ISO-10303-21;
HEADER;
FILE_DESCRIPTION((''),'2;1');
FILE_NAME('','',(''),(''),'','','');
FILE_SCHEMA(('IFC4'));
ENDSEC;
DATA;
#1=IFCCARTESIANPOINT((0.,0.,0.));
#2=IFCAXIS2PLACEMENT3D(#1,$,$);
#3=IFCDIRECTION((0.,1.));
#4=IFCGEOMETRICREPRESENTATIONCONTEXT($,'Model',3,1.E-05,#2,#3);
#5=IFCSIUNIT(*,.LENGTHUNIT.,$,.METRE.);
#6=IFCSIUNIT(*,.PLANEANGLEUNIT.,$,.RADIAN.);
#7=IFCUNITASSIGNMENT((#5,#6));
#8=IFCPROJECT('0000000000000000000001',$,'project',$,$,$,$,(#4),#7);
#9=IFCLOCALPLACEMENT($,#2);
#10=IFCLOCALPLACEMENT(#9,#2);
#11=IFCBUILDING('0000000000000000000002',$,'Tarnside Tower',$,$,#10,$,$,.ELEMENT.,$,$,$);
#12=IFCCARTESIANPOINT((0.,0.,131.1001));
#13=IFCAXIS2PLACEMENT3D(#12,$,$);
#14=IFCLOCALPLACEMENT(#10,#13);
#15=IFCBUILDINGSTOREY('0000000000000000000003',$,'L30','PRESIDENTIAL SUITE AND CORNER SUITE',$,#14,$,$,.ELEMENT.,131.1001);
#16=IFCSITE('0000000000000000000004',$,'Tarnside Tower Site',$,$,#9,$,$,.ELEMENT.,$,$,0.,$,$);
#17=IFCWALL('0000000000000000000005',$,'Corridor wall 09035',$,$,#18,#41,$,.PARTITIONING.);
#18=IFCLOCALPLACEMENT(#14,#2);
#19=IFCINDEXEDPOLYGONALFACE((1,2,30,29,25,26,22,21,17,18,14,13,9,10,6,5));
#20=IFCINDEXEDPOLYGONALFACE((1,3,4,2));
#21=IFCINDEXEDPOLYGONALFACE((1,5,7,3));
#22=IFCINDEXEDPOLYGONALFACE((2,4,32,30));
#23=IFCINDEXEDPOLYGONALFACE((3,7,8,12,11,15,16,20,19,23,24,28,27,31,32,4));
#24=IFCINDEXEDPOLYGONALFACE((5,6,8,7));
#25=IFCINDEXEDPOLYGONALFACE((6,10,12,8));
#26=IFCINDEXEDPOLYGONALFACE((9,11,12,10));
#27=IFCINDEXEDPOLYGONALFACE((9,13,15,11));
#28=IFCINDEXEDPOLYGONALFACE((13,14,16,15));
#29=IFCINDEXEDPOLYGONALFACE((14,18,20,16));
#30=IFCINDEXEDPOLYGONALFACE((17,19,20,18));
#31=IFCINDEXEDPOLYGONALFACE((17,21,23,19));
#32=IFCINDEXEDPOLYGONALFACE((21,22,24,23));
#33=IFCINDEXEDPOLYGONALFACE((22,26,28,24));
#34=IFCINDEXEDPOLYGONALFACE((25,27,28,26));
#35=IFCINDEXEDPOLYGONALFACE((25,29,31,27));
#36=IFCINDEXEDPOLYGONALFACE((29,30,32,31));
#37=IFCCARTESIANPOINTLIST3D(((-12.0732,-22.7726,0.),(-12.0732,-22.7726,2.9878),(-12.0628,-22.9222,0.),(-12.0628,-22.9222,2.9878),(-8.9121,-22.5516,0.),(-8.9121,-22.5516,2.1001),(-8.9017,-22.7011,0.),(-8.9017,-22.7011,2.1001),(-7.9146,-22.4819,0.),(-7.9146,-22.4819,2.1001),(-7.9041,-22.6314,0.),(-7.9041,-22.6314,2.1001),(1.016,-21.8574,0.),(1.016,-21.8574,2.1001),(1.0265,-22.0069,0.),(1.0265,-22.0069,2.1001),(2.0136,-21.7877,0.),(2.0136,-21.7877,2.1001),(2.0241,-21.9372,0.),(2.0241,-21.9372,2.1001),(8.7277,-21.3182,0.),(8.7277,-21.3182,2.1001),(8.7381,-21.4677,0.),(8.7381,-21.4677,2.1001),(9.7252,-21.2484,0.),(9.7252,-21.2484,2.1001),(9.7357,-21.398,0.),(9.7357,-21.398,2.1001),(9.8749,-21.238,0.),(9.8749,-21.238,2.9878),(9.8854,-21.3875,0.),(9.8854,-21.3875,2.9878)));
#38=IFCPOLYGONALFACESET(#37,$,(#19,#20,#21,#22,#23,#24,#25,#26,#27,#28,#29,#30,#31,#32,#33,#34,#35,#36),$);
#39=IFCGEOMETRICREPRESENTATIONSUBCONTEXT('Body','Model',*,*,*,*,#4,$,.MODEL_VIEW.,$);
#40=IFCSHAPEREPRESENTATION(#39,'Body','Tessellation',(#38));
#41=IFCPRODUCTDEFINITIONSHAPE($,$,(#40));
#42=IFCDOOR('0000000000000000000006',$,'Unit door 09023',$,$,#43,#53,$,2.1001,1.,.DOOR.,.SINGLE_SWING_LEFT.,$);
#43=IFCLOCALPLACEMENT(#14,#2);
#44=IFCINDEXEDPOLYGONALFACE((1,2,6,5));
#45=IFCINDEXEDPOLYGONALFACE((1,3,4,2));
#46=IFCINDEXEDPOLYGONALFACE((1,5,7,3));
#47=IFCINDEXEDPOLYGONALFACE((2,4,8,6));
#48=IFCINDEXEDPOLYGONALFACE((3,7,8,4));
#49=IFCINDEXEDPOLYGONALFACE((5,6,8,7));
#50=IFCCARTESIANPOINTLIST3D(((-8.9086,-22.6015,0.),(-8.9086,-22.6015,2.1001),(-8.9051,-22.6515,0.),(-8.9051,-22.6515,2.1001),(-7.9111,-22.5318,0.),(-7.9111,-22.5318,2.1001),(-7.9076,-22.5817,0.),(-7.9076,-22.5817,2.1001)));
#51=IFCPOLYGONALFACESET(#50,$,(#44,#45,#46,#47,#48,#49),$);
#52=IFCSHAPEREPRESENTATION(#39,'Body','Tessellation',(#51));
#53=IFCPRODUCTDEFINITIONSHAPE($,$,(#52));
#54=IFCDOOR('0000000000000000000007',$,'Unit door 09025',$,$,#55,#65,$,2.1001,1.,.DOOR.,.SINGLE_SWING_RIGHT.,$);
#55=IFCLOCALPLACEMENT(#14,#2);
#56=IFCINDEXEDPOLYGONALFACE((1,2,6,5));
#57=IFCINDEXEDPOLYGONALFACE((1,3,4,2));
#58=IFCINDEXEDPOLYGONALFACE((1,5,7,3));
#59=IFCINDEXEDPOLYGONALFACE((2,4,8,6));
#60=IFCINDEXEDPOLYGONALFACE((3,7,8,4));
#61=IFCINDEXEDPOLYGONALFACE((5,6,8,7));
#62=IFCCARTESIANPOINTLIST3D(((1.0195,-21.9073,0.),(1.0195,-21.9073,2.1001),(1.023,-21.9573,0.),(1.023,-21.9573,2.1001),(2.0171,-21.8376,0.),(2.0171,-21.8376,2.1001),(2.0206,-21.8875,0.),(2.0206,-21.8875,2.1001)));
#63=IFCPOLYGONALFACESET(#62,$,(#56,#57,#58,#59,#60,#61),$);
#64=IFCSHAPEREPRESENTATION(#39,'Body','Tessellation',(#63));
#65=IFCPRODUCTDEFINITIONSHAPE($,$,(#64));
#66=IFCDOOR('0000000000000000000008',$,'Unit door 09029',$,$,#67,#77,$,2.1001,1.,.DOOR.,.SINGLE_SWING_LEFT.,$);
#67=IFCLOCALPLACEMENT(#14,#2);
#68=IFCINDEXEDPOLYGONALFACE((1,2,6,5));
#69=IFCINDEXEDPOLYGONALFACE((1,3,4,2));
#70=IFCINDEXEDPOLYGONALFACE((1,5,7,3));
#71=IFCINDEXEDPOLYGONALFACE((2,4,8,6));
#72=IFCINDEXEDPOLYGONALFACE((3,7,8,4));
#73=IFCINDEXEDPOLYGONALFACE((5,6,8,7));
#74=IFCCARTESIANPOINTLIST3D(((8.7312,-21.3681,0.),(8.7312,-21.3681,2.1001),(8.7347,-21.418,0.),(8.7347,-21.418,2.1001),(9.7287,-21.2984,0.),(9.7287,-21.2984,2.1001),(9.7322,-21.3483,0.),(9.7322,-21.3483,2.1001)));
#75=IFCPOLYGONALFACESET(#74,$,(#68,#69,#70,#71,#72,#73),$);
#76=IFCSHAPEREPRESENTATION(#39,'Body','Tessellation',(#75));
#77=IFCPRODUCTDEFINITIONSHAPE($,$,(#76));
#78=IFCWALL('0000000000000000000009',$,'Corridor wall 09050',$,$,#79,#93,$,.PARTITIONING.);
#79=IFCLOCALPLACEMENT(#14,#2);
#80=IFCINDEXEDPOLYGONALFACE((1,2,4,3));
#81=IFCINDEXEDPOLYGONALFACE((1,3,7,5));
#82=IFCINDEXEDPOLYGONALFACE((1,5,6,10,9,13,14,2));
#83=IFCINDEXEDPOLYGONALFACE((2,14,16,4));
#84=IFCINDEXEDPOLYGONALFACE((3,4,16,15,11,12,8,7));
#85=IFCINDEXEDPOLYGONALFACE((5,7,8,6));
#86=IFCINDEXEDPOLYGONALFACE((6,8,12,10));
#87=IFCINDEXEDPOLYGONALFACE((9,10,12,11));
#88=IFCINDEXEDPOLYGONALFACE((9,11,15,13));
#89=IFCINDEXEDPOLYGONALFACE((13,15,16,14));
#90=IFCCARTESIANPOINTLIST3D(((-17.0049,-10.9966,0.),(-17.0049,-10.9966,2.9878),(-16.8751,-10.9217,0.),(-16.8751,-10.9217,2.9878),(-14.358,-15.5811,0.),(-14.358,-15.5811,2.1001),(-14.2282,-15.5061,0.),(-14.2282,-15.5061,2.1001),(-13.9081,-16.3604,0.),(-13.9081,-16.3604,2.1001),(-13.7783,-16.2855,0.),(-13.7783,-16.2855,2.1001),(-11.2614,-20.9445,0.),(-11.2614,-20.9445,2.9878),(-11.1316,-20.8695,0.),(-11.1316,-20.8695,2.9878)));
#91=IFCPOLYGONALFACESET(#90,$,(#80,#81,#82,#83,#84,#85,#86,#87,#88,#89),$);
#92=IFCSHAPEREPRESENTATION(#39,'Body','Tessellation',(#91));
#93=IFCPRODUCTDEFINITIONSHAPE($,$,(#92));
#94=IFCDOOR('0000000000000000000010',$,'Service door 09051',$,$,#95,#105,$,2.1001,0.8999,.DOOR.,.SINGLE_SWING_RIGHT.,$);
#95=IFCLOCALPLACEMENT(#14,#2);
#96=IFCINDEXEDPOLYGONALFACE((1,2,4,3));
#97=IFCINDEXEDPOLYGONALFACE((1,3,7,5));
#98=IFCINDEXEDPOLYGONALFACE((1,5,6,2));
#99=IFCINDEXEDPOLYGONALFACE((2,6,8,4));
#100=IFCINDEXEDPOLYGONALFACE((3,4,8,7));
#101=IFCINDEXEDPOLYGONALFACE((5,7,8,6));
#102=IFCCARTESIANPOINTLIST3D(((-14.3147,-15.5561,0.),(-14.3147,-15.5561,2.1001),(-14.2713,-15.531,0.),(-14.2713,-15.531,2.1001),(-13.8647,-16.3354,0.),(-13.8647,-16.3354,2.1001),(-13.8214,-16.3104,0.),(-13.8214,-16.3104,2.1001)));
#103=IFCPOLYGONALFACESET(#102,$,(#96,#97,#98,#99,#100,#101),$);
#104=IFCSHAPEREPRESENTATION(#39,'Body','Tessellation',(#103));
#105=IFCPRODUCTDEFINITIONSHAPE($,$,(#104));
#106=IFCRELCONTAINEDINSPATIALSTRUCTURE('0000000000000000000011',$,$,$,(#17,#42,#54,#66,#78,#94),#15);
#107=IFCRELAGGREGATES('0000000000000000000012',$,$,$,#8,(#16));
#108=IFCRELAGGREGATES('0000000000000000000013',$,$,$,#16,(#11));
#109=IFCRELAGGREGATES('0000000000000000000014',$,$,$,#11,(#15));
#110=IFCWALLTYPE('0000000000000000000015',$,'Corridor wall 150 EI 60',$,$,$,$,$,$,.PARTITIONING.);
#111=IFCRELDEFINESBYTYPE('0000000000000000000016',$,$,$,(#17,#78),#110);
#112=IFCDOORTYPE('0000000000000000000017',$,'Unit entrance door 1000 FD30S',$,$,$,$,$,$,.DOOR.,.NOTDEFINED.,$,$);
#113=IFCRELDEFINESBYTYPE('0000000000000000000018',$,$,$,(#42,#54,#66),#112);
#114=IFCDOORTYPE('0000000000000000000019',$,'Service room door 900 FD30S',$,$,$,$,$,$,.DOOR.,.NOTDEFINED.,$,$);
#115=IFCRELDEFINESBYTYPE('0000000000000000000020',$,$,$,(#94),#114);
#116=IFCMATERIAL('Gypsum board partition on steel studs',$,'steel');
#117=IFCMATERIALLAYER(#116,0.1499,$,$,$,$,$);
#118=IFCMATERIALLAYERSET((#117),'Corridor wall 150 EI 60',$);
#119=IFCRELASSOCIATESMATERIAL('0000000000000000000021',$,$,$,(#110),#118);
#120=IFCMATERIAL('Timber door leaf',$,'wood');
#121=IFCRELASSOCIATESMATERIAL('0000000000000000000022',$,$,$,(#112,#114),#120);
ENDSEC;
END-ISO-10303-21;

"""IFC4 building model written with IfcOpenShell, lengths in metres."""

from ifc_helpers import new_model, si_unit, direction, frame, frame_2d, origin, place, context, subcontext, project, spatial, rectangle, extrude, material, layer, layer_set, type_object, element, fill, save


model = new_model("IFC4")

# Units and contexts
model_context = context("Model", 3, precision=1e-05, world=origin(), true_north=direction((0.0, 1.0)))
body_context = subcontext(model_context, "Body", "Model", "MODEL_VIEW")
ifc_project = project(units=[si_unit("LENGTHUNIT", "METRE"), si_unit("PLANEANGLEUNIT", "RADIAN")], contexts=[model_context])

# Site, building, storey
site_placement = place(None, origin())
site = spatial("IfcSite", under=ifc_project, at=site_placement, Name="Tarnside Tower Site", CompositionType="ELEMENT", RefElevation=0.0)
building_placement = place(site_placement, origin())
building = spatial("IfcBuilding", under=site, at=building_placement, Name="Tarnside Tower", CompositionType="ELEMENT")
storey_placement = place(building_placement, frame((0.0, 0.0, 131.1001)))
storey = spatial("IfcBuildingStorey", under=building, at=storey_placement, Name="L30", Description="PRESIDENTIAL SUITE AND CORNER SUITE", CompositionType="ELEMENT", Elevation=131.1001)

# Shared definitions
ifc_material_1 = material(Name="Gypsum board partition on steel studs", Category="steel")

# Shared definitions
ifc_material_2 = material(Name="Timber door leaf", Category="wood")

# Wall, openings, doors
ifc_layer_1 = layer(ifc_material_1, 0.1499)
ifc_layer_set_1 = layer_set([ifc_layer_1], Name="Corridor wall 150 EI 60")
wall_type_1 = type_object("IfcWallType", Name="Corridor wall 150 EI 60", PredefinedType="PARTITIONING", material=ifc_layer_set_1)
wall_1_placement = place(storey_placement, frame((-12.0681, -22.8474, 0.0), z_axis=(0.0, 0.0, 1.0), x_axis=(0.997564, 0.069752, 0.0)))
wall_1 = element("IfcWall", 1, at=wall_1_placement, inside=storey, type_object=wall_type_1, Name="Corridor wall 09035", PredefinedType="PARTITIONING", context=body_context, shape_type="SweptSolid", body=[
    extrude(rectangle(XDim=22.0017, YDim=0.1499, at=frame_2d((11.001, 0.0))), origin(), (0.0, 0.0, 1.0), 2.9878),
])
opening_1_placement = place(wall_1_placement, frame((3.1689, 0.0, 0.0)))
opening_1 = element("IfcOpeningElement", 2, at=opening_1_placement, cuts=wall_1, PredefinedType="OPENING", context=body_context, shape_type="SweptSolid", body=[
    extrude(rectangle(XDim=1.0, YDim=2.1001, at=frame_2d((0.5, 1.05))), frame((0.0, 0.085, 0.0), z_axis=(0.0, -1.0, 0.0), x_axis=(1.0, 0.0, 0.0)), (0.0, 0.0, 1.0), 0.1699),
])
opening_2_placement = place(wall_1_placement, frame((13.1213, 0.0, 0.0)))
opening_2 = element("IfcOpeningElement", 3, at=opening_2_placement, cuts=wall_1, PredefinedType="OPENING", context=body_context, shape_type="SweptSolid", body=[
    extrude(rectangle(XDim=1.0, YDim=2.1001, at=frame_2d((0.5, 1.05))), frame((0.0, 0.085, 0.0), z_axis=(0.0, -1.0, 0.0), x_axis=(1.0, 0.0, 0.0)), (0.0, 0.0, 1.0), 0.1699),
])
opening_3_placement = place(wall_1_placement, frame((20.8518, 0.0, 0.0)))
opening_3 = element("IfcOpeningElement", 4, at=opening_3_placement, cuts=wall_1, PredefinedType="OPENING", context=body_context, shape_type="SweptSolid", body=[
    extrude(rectangle(XDim=1.0, YDim=2.1001, at=frame_2d((0.5, 1.05))), frame((0.0, 0.085, 0.0), z_axis=(0.0, -1.0, 0.0), x_axis=(1.0, 0.0, 0.0)), (0.0, 0.0, 1.0), 0.1699),
])
door_type_1 = type_object("IfcDoorType", Name="Unit entrance door 1000 FD30S", OperationType="NOTDEFINED", PredefinedType="DOOR", material=ifc_material_2)
door_1_placement = place(opening_1_placement, origin())
door_1 = element("IfcDoor", 5, at=door_1_placement, inside=storey, type_object=door_type_1, Name="Unit door 09023", OperationType="SINGLE_SWING_LEFT", OverallHeight=2.1001, OverallWidth=1.0, PredefinedType="DOOR", context=body_context, shape_type="SweptSolid", body=[
    extrude(rectangle(XDim=1.0, YDim=2.1001, at=frame_2d((0.5, 1.05))), frame((0.0, 0.0249, 0.0), z_axis=(0.0, -1.0, 0.0), x_axis=(1.0, 0.0, 0.0)), (0.0, 0.0, 1.0), 0.05),
])
fill(opening_1, door_1)
door_2_placement = place(opening_2_placement, origin())
door_2 = element("IfcDoor", 6, at=door_2_placement, inside=storey, type_object=door_type_1, Name="Unit door 09025", OperationType="SINGLE_SWING_RIGHT", OverallHeight=2.1001, OverallWidth=1.0, PredefinedType="DOOR", context=body_context, shape_type="SweptSolid", body=[
    extrude(rectangle(XDim=1.0, YDim=2.1001, at=frame_2d((0.5, 1.05))), frame((0.0, 0.0249, 0.0), z_axis=(0.0, -1.0, 0.0), x_axis=(1.0, 0.0, 0.0)), (0.0, 0.0, 1.0), 0.05),
])
fill(opening_2, door_2)
door_3_placement = place(opening_3_placement, origin())
door_3 = element("IfcDoor", 7, at=door_3_placement, inside=storey, type_object=door_type_1, Name="Unit door 09029", OperationType="SINGLE_SWING_LEFT", OverallHeight=2.1001, OverallWidth=1.0, PredefinedType="DOOR", context=body_context, shape_type="SweptSolid", body=[
    extrude(rectangle(XDim=1.0, YDim=2.1001, at=frame_2d((0.5, 1.05))), frame((0.0, 0.0249, 0.0), z_axis=(0.0, -1.0, 0.0), x_axis=(1.0, 0.0, 0.0)), (0.0, 0.0, 1.0), 0.05),
])
fill(opening_3, door_3)

# Wall, opening, door
wall_2_placement = place(storey_placement, frame((-11.1965, -20.907, 0.0), z_axis=(0.0, 0.0, 1.0), x_axis=(-0.500005, 0.866023, 0.0)))
wall_2 = element("IfcWall", 8, at=wall_2_placement, inside=storey, type_object=wall_type_1, Name="Corridor wall 09050", PredefinedType="PARTITIONING", context=body_context, shape_type="SweptSolid", body=[
    extrude(rectangle(XDim=11.4868, YDim=0.1499, at=frame_2d((5.7434, 0.0))), origin(), (0.0, 0.0, 1.0), 2.9878),
])
opening_4_placement = place(wall_2_placement, frame((5.2932, 0.0, 0.0)))
opening_4 = element("IfcOpeningElement", 9, at=opening_4_placement, cuts=wall_2, PredefinedType="OPENING", context=body_context, shape_type="SweptSolid", body=[
    extrude(rectangle(XDim=0.8999, YDim=2.1001, at=frame_2d((0.45, 1.05))), frame((0.0, 0.085, 0.0), z_axis=(0.0, -1.0, 0.0), x_axis=(1.0, 0.0, 0.0)), (0.0, 0.0, 1.0), 0.1699),
])
door_type_2 = type_object("IfcDoorType", Name="Service room door 900 FD30S", OperationType="NOTDEFINED", PredefinedType="DOOR", material=ifc_material_2)
door_4_placement = place(opening_4_placement, origin())
door_4 = element("IfcDoor", 10, at=door_4_placement, inside=storey, type_object=door_type_2, Name="Service door 09051", OperationType="SINGLE_SWING_RIGHT", OverallHeight=2.1001, OverallWidth=0.8999, PredefinedType="DOOR", context=body_context, shape_type="SweptSolid", body=[
    extrude(rectangle(XDim=0.8999, YDim=2.1001, at=frame_2d((0.45, 1.05))), frame((0.0, 0.0249, 0.0), z_axis=(0.0, -1.0, 0.0), x_axis=(1.0, 0.0, 0.0)), (0.0, 0.0, 1.0), 0.05),
])
fill(opening_4, door_4)

save(model, "model.ifc")
